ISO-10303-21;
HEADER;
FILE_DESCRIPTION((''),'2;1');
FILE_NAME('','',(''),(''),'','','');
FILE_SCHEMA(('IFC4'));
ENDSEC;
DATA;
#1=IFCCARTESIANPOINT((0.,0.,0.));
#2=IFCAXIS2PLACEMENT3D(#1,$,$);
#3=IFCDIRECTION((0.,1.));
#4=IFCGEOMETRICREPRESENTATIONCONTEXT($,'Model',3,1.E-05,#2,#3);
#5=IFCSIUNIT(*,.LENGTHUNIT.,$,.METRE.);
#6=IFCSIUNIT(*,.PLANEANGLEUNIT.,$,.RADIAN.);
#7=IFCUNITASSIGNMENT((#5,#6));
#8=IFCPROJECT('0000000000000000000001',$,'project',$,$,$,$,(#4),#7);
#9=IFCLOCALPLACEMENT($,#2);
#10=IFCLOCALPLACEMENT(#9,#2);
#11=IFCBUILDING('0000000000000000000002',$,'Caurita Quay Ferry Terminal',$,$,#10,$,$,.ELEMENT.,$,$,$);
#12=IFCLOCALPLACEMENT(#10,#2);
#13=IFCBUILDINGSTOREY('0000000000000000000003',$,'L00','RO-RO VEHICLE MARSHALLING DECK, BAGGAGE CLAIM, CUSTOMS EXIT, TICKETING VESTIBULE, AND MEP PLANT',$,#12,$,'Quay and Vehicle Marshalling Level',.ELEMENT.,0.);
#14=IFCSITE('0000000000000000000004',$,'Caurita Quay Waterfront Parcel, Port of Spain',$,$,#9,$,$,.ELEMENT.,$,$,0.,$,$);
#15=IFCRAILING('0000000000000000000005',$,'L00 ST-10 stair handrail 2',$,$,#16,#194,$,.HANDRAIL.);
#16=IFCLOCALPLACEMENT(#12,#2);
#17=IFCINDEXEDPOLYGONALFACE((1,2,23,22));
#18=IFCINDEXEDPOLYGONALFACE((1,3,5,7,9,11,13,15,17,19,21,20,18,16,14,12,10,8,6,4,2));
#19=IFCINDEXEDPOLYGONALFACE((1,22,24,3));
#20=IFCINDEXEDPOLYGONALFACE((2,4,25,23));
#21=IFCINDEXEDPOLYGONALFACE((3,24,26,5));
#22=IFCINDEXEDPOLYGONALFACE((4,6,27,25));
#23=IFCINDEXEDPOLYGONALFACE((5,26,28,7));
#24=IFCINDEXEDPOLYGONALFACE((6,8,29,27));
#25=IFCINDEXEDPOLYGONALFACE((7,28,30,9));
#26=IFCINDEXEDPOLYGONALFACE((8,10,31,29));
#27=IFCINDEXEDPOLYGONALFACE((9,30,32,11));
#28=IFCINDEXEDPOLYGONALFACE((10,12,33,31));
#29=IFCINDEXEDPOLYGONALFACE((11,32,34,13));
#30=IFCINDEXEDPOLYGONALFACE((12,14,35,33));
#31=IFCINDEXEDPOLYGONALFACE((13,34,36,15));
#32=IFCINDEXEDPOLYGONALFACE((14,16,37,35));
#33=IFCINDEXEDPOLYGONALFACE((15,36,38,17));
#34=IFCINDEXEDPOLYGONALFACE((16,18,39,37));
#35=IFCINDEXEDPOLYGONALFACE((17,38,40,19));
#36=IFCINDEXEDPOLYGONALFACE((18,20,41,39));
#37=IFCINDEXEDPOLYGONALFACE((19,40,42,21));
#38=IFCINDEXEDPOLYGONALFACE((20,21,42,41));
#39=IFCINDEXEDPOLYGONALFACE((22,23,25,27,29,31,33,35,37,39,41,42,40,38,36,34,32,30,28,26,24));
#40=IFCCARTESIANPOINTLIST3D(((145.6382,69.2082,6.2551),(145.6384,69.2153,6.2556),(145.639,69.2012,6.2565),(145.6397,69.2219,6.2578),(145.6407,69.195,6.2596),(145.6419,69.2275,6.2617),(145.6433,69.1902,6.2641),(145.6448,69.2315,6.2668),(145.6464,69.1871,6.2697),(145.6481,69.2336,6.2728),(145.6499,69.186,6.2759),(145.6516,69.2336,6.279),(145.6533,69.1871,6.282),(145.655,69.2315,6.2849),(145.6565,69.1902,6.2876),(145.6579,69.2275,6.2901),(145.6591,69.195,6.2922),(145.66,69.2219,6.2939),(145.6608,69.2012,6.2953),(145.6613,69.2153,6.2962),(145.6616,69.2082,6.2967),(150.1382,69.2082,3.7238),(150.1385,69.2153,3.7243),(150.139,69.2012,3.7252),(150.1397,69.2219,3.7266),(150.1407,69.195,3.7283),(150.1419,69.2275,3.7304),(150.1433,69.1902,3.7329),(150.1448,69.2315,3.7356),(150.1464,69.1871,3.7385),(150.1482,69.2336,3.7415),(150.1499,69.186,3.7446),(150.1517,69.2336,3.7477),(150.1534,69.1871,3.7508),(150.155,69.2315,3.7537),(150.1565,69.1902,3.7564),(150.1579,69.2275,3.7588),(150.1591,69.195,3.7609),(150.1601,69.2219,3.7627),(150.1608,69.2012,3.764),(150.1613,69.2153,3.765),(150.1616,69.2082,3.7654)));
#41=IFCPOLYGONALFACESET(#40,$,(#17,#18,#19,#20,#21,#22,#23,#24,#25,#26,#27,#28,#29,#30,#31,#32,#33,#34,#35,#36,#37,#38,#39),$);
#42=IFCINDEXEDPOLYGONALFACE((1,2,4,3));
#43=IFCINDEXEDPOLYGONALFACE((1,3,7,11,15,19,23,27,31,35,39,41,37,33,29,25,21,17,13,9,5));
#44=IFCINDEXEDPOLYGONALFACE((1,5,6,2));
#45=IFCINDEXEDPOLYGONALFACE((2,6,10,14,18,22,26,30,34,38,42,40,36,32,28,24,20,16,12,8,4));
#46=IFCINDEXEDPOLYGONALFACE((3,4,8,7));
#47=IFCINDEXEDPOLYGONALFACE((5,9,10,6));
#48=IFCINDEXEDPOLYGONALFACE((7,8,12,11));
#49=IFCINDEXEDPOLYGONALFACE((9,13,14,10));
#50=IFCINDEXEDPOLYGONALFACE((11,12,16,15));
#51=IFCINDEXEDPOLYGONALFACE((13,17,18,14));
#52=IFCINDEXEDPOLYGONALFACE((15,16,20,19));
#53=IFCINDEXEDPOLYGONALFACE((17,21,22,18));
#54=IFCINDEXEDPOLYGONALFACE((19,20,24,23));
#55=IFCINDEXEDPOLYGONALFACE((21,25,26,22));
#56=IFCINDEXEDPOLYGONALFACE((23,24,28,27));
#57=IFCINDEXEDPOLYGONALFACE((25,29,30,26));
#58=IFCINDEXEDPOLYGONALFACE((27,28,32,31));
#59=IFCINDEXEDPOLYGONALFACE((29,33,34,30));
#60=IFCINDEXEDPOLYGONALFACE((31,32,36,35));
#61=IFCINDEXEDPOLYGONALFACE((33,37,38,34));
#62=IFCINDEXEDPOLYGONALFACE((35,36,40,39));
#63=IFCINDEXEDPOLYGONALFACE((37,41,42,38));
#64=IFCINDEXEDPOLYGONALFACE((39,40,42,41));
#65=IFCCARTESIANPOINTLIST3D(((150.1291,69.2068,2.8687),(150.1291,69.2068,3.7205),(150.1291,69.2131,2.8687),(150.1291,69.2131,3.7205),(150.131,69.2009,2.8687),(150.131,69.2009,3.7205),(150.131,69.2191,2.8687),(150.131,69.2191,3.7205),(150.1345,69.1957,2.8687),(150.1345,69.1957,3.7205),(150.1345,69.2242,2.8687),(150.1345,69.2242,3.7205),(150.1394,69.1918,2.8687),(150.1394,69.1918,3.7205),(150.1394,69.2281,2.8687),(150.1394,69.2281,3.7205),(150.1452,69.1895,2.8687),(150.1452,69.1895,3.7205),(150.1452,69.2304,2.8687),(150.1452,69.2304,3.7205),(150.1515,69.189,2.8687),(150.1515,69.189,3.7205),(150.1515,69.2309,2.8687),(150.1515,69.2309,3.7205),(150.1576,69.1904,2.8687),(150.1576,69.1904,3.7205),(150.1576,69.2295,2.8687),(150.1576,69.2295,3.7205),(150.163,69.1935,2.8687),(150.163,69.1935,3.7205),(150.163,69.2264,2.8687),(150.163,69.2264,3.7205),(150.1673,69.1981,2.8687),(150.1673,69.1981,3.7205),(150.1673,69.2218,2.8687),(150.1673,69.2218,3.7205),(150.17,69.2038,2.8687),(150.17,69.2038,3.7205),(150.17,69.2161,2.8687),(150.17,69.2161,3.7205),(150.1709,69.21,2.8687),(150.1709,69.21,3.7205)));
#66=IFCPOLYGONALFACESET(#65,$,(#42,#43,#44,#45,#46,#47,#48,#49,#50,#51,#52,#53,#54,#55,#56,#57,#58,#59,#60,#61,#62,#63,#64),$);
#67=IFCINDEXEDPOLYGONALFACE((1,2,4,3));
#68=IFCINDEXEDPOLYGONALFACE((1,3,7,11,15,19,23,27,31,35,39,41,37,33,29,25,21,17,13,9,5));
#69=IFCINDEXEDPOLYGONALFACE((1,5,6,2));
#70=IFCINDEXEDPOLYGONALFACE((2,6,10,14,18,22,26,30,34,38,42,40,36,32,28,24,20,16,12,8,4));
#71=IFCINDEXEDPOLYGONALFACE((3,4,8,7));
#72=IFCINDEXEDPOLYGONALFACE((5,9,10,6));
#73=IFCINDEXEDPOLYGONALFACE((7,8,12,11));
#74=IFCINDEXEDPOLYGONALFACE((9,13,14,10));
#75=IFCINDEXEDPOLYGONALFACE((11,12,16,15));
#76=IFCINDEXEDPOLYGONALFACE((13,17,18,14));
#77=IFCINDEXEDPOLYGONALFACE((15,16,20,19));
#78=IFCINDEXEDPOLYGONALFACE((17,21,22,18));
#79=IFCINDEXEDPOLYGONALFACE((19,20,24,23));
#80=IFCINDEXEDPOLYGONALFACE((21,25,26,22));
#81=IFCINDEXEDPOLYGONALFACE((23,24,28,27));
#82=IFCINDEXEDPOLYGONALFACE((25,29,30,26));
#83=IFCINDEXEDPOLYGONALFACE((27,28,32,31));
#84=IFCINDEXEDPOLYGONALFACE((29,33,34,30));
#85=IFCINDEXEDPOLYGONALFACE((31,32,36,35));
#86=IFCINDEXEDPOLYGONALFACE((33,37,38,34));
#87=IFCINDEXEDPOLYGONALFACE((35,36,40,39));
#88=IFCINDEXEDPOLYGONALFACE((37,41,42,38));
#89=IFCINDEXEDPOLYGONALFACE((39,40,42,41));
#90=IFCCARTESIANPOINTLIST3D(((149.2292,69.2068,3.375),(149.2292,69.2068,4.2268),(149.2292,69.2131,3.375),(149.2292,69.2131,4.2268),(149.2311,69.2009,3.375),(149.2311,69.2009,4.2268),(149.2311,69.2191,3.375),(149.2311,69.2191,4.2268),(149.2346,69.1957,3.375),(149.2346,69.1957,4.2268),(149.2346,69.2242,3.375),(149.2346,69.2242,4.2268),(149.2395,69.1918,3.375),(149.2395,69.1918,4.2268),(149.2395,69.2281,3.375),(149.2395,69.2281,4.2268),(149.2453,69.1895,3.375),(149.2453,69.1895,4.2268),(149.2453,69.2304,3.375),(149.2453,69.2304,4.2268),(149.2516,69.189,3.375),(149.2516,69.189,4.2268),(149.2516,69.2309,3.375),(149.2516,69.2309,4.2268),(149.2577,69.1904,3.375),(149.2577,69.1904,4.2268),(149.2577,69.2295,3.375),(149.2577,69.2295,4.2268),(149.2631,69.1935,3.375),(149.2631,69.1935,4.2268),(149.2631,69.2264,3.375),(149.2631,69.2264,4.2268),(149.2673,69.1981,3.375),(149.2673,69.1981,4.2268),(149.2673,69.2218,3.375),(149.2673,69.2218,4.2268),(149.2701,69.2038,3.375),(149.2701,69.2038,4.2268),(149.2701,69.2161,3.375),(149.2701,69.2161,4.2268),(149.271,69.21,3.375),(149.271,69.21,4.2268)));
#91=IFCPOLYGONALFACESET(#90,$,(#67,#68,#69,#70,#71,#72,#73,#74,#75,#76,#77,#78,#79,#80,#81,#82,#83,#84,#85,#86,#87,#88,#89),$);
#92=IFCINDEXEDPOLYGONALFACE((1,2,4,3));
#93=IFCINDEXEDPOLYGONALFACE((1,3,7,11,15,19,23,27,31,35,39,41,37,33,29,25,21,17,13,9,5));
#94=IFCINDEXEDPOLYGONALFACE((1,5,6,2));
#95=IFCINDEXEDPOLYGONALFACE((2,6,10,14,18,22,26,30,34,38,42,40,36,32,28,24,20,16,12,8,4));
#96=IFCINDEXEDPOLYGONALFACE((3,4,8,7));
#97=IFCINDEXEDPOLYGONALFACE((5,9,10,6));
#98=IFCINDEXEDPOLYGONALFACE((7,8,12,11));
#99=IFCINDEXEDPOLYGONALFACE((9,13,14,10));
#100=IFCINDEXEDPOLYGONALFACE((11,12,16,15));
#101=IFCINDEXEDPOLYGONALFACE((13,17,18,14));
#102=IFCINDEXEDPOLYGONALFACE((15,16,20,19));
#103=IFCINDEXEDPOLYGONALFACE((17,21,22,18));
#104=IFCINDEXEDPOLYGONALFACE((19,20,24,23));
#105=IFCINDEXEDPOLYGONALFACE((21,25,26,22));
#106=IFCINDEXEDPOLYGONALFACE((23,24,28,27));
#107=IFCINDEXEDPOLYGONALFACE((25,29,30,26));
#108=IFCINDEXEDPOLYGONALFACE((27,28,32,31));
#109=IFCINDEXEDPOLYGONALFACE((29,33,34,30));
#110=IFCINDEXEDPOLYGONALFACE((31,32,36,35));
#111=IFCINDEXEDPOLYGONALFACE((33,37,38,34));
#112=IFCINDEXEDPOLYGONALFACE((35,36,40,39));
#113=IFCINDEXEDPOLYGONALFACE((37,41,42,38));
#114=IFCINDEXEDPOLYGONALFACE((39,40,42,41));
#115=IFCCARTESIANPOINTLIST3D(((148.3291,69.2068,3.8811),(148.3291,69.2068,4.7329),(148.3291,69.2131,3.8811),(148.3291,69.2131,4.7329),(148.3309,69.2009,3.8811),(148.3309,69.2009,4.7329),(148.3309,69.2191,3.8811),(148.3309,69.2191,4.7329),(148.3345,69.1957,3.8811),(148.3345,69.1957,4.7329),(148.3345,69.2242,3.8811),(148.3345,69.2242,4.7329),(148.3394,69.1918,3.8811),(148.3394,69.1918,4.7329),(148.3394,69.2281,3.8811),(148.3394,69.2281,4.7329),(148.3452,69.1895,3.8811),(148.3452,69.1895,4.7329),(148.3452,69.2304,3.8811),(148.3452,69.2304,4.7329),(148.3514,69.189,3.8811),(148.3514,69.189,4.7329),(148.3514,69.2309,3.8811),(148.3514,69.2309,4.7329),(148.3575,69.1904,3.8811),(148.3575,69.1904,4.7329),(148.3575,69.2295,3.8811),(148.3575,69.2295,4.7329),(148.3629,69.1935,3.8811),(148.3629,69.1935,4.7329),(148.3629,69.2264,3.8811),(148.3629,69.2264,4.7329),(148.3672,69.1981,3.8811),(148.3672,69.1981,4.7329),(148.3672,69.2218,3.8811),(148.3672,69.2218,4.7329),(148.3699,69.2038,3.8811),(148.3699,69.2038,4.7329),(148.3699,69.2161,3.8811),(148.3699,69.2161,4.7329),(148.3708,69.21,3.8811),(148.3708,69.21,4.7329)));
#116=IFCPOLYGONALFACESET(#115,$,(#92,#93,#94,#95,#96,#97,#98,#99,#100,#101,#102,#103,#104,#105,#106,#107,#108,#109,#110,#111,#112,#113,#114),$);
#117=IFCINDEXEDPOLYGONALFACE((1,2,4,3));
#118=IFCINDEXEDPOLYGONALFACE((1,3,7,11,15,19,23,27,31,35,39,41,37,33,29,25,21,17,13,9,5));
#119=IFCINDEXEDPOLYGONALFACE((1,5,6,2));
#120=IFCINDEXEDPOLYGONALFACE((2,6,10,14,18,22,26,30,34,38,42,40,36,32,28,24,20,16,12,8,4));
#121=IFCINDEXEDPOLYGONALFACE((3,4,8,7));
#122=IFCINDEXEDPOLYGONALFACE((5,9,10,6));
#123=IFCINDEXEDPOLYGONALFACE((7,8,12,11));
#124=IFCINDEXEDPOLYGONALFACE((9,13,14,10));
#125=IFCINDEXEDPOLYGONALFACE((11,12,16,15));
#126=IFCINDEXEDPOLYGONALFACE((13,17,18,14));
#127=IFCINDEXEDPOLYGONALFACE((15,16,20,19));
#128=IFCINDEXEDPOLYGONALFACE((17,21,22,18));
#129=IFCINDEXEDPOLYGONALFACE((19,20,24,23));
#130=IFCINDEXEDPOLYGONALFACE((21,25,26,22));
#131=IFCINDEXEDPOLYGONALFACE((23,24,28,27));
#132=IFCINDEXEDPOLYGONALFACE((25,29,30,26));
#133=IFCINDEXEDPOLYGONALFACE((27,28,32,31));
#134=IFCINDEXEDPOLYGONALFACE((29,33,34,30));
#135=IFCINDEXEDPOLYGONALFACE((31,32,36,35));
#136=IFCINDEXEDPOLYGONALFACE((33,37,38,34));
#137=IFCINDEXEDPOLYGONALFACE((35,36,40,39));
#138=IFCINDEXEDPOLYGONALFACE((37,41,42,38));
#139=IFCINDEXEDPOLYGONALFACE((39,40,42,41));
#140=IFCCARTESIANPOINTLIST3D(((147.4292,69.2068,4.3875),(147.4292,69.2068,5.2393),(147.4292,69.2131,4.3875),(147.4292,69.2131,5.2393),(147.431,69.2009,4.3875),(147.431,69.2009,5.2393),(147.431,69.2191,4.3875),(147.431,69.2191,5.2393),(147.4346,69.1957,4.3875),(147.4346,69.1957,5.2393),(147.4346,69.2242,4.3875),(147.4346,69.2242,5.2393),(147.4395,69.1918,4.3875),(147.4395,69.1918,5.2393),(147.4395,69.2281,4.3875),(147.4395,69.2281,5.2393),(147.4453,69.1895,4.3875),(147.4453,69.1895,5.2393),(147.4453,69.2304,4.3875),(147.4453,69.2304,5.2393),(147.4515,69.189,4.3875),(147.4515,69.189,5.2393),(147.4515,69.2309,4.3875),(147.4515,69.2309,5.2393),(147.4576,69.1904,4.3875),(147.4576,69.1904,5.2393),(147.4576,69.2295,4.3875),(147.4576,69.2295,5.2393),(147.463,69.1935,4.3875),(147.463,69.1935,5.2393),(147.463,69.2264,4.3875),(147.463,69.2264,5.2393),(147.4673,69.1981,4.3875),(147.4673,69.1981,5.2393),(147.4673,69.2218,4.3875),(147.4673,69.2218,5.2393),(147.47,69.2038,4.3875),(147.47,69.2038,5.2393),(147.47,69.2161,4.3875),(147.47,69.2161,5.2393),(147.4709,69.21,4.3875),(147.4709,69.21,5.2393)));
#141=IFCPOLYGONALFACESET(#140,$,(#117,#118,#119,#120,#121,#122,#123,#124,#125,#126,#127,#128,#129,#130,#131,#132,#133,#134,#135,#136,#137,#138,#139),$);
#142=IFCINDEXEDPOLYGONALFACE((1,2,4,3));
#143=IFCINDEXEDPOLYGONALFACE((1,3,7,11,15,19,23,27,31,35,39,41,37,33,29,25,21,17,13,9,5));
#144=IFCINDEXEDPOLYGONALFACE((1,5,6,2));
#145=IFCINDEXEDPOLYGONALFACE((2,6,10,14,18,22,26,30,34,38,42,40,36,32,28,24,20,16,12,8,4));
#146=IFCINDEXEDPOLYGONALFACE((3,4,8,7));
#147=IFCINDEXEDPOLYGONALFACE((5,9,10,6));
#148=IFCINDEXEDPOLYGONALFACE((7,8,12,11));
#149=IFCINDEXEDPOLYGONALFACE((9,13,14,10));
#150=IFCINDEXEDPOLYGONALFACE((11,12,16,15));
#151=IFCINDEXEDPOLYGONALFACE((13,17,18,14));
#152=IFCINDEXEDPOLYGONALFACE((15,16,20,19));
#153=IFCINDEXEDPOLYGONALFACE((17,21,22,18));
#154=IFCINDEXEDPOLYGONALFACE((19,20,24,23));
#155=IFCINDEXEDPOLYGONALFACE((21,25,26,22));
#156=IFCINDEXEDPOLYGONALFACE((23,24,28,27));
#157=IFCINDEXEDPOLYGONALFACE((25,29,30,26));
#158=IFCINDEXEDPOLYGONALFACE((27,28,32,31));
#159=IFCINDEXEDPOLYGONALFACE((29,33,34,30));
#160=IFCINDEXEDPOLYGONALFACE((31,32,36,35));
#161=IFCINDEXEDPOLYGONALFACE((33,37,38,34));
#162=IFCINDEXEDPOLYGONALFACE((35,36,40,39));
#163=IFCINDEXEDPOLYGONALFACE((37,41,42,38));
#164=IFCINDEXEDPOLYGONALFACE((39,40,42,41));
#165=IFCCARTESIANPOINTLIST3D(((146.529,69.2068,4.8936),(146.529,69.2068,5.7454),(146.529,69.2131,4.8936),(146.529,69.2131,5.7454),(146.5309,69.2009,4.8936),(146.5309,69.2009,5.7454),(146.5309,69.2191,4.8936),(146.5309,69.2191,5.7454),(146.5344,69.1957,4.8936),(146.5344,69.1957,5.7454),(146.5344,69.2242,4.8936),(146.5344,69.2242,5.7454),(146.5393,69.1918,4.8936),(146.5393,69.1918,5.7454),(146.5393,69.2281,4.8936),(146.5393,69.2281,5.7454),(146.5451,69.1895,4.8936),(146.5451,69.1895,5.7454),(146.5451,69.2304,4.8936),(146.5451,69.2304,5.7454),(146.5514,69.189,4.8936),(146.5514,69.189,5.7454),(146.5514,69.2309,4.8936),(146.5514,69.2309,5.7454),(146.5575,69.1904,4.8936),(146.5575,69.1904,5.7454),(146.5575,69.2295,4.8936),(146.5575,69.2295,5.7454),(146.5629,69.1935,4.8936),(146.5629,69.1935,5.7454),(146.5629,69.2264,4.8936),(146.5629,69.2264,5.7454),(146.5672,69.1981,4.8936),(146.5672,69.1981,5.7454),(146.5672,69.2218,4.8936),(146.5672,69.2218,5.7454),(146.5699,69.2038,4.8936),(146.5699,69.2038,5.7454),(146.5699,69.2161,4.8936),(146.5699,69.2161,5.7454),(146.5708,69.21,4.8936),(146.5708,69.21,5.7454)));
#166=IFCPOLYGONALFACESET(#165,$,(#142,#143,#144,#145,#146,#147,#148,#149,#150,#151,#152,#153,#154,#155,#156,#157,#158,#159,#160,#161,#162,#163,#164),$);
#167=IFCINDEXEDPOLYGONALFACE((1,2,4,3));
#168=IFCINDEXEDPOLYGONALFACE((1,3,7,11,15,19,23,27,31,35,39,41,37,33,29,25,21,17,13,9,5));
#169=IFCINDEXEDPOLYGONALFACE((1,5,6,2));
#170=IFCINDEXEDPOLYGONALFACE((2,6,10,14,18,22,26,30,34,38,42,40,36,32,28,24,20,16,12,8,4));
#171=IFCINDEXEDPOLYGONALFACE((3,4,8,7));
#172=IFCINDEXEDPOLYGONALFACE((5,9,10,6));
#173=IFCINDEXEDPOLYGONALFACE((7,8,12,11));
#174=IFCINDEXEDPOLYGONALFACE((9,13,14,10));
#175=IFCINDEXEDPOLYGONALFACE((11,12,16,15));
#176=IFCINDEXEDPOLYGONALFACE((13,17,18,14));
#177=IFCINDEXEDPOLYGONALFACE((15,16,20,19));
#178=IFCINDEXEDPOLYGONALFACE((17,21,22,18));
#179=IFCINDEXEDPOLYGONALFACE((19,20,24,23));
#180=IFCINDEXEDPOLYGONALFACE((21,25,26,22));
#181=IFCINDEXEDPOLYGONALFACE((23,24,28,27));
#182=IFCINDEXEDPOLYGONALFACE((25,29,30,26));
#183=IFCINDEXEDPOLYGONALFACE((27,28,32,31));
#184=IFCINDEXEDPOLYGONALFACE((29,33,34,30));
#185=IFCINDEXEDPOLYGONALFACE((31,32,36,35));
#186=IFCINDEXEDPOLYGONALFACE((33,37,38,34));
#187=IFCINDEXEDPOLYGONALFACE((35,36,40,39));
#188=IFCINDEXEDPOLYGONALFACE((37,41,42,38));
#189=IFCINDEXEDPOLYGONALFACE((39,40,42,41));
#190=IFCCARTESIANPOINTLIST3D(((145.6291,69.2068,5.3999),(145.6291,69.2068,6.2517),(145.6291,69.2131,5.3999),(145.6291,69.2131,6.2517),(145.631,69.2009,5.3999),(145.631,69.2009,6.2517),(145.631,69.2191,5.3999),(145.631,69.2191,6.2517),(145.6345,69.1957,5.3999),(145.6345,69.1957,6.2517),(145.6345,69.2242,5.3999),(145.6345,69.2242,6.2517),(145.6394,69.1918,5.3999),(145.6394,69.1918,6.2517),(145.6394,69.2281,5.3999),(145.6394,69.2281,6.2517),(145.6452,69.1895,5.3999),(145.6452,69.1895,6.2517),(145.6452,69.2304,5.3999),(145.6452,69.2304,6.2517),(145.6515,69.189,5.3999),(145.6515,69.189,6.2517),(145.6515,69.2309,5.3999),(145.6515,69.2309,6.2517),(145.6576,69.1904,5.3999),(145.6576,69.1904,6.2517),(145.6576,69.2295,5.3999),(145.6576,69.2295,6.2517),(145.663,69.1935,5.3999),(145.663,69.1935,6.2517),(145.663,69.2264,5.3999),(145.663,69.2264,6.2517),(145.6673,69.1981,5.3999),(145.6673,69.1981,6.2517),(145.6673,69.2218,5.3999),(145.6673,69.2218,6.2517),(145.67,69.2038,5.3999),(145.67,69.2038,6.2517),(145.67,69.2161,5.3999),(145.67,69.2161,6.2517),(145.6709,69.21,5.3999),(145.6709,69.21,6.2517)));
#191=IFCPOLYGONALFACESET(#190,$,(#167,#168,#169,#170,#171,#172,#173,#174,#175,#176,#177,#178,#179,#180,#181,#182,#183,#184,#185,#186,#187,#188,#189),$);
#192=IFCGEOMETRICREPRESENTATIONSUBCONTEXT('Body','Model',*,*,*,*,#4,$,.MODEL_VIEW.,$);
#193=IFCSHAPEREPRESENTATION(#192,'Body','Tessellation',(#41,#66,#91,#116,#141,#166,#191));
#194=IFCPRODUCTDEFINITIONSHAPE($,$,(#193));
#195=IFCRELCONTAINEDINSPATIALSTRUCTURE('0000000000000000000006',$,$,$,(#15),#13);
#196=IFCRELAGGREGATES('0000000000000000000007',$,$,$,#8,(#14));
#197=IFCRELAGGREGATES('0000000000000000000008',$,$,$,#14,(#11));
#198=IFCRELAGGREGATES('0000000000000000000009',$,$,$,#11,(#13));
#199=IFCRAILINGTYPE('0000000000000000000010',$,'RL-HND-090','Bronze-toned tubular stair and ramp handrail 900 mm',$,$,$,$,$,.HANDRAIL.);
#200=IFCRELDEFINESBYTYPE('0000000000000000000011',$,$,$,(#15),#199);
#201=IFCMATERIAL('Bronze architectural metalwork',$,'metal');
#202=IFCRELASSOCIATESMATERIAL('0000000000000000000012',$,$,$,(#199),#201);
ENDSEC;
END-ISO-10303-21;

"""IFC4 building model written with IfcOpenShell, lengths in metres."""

from ifc_helpers import new_model, si_unit, direction, frame, origin, origin_2d, place, context, subcontext, project, spatial, circle, extrude, material, type_object, element, save


model = new_model("IFC4")

# Units and contexts
model_context = context("Model", 3, precision=1e-05, world=origin(), true_north=direction((0.0, 1.0)))
body_context = subcontext(model_context, "Body", "Model", "MODEL_VIEW")
ifc_project = project(units=[si_unit("LENGTHUNIT", "METRE"), si_unit("PLANEANGLEUNIT", "RADIAN")], contexts=[model_context])

# Site, building, storey
site_placement = place(None, origin())
site = spatial("IfcSite", under=ifc_project, at=site_placement, Name="Caurita Quay Waterfront Parcel, Port of Spain", CompositionType="ELEMENT", RefElevation=0.0)
building_placement = place(site_placement, origin())
building = spatial("IfcBuilding", under=site, at=building_placement, Name="Caurita Quay Ferry Terminal", CompositionType="ELEMENT")
storey_placement = place(building_placement, origin())
storey = spatial("IfcBuildingStorey", under=building, at=storey_placement, Name="L00", Description="RO-RO VEHICLE MARSHALLING DECK, BAGGAGE CLAIM, CUSTOMS EXIT, TICKETING VESTIBULE, AND MEP PLANT", LongName="Quay and Vehicle Marshalling Level", CompositionType="ELEMENT", Elevation=0.0)

# Railing
ifc_material_1 = material(Name="Bronze architectural metalwork", Category="metal")
railing_type_1 = type_object("IfcRailingType", Name="RL-HND-090", Description="Bronze-toned tubular stair and ramp handrail 900 mm", PredefinedType="HANDRAIL", material=ifc_material_1)
railing_1_placement = place(storey_placement, frame((150.1499, 69.21, 2.8687)))
element("IfcRailing", 1, at=railing_1_placement, inside=storey, type_object=railing_type_1, Name="L00 ST-10 stair handrail 2", PredefinedType="HANDRAIL", context=body_context, shape_type="SweptSolid", body=[
    extrude(circle(Radius=0.0239, at=origin_2d()), frame((0.0, 0.0, 0.876), z_axis=(-0.871576, 0.0, 0.490261), x_axis=(0.0, -1.0, 0.0)), (0.0, 0.0, 1.0), 5.1631),
    extrude(circle(Radius=0.021, at=origin_2d()), origin(), (0.0, 0.0, 1.0), 0.8518),
    extrude(circle(Radius=0.021, at=origin_2d()), frame((-0.8999, 0.0, 0.5063)), (0.0, 0.0, 1.0), 0.8518),
    extrude(circle(Radius=0.021, at=origin_2d()), frame((-1.8, 0.0, 1.0125)), (0.0, 0.0, 1.0), 0.8518),
    extrude(circle(Radius=0.021, at=origin_2d()), frame((-2.7, 0.0, 1.5188)), (0.0, 0.0, 1.0), 0.8518),
    extrude(circle(Radius=0.021, at=origin_2d()), frame((-3.6001, 0.0, 2.0249)), (0.0, 0.0, 1.0), 0.8518),
    extrude(circle(Radius=0.021, at=origin_2d()), frame((-4.5, 0.0, 2.5312)), (0.0, 0.0, 1.0), 0.8518),
])

save(model, "model.ifc")
